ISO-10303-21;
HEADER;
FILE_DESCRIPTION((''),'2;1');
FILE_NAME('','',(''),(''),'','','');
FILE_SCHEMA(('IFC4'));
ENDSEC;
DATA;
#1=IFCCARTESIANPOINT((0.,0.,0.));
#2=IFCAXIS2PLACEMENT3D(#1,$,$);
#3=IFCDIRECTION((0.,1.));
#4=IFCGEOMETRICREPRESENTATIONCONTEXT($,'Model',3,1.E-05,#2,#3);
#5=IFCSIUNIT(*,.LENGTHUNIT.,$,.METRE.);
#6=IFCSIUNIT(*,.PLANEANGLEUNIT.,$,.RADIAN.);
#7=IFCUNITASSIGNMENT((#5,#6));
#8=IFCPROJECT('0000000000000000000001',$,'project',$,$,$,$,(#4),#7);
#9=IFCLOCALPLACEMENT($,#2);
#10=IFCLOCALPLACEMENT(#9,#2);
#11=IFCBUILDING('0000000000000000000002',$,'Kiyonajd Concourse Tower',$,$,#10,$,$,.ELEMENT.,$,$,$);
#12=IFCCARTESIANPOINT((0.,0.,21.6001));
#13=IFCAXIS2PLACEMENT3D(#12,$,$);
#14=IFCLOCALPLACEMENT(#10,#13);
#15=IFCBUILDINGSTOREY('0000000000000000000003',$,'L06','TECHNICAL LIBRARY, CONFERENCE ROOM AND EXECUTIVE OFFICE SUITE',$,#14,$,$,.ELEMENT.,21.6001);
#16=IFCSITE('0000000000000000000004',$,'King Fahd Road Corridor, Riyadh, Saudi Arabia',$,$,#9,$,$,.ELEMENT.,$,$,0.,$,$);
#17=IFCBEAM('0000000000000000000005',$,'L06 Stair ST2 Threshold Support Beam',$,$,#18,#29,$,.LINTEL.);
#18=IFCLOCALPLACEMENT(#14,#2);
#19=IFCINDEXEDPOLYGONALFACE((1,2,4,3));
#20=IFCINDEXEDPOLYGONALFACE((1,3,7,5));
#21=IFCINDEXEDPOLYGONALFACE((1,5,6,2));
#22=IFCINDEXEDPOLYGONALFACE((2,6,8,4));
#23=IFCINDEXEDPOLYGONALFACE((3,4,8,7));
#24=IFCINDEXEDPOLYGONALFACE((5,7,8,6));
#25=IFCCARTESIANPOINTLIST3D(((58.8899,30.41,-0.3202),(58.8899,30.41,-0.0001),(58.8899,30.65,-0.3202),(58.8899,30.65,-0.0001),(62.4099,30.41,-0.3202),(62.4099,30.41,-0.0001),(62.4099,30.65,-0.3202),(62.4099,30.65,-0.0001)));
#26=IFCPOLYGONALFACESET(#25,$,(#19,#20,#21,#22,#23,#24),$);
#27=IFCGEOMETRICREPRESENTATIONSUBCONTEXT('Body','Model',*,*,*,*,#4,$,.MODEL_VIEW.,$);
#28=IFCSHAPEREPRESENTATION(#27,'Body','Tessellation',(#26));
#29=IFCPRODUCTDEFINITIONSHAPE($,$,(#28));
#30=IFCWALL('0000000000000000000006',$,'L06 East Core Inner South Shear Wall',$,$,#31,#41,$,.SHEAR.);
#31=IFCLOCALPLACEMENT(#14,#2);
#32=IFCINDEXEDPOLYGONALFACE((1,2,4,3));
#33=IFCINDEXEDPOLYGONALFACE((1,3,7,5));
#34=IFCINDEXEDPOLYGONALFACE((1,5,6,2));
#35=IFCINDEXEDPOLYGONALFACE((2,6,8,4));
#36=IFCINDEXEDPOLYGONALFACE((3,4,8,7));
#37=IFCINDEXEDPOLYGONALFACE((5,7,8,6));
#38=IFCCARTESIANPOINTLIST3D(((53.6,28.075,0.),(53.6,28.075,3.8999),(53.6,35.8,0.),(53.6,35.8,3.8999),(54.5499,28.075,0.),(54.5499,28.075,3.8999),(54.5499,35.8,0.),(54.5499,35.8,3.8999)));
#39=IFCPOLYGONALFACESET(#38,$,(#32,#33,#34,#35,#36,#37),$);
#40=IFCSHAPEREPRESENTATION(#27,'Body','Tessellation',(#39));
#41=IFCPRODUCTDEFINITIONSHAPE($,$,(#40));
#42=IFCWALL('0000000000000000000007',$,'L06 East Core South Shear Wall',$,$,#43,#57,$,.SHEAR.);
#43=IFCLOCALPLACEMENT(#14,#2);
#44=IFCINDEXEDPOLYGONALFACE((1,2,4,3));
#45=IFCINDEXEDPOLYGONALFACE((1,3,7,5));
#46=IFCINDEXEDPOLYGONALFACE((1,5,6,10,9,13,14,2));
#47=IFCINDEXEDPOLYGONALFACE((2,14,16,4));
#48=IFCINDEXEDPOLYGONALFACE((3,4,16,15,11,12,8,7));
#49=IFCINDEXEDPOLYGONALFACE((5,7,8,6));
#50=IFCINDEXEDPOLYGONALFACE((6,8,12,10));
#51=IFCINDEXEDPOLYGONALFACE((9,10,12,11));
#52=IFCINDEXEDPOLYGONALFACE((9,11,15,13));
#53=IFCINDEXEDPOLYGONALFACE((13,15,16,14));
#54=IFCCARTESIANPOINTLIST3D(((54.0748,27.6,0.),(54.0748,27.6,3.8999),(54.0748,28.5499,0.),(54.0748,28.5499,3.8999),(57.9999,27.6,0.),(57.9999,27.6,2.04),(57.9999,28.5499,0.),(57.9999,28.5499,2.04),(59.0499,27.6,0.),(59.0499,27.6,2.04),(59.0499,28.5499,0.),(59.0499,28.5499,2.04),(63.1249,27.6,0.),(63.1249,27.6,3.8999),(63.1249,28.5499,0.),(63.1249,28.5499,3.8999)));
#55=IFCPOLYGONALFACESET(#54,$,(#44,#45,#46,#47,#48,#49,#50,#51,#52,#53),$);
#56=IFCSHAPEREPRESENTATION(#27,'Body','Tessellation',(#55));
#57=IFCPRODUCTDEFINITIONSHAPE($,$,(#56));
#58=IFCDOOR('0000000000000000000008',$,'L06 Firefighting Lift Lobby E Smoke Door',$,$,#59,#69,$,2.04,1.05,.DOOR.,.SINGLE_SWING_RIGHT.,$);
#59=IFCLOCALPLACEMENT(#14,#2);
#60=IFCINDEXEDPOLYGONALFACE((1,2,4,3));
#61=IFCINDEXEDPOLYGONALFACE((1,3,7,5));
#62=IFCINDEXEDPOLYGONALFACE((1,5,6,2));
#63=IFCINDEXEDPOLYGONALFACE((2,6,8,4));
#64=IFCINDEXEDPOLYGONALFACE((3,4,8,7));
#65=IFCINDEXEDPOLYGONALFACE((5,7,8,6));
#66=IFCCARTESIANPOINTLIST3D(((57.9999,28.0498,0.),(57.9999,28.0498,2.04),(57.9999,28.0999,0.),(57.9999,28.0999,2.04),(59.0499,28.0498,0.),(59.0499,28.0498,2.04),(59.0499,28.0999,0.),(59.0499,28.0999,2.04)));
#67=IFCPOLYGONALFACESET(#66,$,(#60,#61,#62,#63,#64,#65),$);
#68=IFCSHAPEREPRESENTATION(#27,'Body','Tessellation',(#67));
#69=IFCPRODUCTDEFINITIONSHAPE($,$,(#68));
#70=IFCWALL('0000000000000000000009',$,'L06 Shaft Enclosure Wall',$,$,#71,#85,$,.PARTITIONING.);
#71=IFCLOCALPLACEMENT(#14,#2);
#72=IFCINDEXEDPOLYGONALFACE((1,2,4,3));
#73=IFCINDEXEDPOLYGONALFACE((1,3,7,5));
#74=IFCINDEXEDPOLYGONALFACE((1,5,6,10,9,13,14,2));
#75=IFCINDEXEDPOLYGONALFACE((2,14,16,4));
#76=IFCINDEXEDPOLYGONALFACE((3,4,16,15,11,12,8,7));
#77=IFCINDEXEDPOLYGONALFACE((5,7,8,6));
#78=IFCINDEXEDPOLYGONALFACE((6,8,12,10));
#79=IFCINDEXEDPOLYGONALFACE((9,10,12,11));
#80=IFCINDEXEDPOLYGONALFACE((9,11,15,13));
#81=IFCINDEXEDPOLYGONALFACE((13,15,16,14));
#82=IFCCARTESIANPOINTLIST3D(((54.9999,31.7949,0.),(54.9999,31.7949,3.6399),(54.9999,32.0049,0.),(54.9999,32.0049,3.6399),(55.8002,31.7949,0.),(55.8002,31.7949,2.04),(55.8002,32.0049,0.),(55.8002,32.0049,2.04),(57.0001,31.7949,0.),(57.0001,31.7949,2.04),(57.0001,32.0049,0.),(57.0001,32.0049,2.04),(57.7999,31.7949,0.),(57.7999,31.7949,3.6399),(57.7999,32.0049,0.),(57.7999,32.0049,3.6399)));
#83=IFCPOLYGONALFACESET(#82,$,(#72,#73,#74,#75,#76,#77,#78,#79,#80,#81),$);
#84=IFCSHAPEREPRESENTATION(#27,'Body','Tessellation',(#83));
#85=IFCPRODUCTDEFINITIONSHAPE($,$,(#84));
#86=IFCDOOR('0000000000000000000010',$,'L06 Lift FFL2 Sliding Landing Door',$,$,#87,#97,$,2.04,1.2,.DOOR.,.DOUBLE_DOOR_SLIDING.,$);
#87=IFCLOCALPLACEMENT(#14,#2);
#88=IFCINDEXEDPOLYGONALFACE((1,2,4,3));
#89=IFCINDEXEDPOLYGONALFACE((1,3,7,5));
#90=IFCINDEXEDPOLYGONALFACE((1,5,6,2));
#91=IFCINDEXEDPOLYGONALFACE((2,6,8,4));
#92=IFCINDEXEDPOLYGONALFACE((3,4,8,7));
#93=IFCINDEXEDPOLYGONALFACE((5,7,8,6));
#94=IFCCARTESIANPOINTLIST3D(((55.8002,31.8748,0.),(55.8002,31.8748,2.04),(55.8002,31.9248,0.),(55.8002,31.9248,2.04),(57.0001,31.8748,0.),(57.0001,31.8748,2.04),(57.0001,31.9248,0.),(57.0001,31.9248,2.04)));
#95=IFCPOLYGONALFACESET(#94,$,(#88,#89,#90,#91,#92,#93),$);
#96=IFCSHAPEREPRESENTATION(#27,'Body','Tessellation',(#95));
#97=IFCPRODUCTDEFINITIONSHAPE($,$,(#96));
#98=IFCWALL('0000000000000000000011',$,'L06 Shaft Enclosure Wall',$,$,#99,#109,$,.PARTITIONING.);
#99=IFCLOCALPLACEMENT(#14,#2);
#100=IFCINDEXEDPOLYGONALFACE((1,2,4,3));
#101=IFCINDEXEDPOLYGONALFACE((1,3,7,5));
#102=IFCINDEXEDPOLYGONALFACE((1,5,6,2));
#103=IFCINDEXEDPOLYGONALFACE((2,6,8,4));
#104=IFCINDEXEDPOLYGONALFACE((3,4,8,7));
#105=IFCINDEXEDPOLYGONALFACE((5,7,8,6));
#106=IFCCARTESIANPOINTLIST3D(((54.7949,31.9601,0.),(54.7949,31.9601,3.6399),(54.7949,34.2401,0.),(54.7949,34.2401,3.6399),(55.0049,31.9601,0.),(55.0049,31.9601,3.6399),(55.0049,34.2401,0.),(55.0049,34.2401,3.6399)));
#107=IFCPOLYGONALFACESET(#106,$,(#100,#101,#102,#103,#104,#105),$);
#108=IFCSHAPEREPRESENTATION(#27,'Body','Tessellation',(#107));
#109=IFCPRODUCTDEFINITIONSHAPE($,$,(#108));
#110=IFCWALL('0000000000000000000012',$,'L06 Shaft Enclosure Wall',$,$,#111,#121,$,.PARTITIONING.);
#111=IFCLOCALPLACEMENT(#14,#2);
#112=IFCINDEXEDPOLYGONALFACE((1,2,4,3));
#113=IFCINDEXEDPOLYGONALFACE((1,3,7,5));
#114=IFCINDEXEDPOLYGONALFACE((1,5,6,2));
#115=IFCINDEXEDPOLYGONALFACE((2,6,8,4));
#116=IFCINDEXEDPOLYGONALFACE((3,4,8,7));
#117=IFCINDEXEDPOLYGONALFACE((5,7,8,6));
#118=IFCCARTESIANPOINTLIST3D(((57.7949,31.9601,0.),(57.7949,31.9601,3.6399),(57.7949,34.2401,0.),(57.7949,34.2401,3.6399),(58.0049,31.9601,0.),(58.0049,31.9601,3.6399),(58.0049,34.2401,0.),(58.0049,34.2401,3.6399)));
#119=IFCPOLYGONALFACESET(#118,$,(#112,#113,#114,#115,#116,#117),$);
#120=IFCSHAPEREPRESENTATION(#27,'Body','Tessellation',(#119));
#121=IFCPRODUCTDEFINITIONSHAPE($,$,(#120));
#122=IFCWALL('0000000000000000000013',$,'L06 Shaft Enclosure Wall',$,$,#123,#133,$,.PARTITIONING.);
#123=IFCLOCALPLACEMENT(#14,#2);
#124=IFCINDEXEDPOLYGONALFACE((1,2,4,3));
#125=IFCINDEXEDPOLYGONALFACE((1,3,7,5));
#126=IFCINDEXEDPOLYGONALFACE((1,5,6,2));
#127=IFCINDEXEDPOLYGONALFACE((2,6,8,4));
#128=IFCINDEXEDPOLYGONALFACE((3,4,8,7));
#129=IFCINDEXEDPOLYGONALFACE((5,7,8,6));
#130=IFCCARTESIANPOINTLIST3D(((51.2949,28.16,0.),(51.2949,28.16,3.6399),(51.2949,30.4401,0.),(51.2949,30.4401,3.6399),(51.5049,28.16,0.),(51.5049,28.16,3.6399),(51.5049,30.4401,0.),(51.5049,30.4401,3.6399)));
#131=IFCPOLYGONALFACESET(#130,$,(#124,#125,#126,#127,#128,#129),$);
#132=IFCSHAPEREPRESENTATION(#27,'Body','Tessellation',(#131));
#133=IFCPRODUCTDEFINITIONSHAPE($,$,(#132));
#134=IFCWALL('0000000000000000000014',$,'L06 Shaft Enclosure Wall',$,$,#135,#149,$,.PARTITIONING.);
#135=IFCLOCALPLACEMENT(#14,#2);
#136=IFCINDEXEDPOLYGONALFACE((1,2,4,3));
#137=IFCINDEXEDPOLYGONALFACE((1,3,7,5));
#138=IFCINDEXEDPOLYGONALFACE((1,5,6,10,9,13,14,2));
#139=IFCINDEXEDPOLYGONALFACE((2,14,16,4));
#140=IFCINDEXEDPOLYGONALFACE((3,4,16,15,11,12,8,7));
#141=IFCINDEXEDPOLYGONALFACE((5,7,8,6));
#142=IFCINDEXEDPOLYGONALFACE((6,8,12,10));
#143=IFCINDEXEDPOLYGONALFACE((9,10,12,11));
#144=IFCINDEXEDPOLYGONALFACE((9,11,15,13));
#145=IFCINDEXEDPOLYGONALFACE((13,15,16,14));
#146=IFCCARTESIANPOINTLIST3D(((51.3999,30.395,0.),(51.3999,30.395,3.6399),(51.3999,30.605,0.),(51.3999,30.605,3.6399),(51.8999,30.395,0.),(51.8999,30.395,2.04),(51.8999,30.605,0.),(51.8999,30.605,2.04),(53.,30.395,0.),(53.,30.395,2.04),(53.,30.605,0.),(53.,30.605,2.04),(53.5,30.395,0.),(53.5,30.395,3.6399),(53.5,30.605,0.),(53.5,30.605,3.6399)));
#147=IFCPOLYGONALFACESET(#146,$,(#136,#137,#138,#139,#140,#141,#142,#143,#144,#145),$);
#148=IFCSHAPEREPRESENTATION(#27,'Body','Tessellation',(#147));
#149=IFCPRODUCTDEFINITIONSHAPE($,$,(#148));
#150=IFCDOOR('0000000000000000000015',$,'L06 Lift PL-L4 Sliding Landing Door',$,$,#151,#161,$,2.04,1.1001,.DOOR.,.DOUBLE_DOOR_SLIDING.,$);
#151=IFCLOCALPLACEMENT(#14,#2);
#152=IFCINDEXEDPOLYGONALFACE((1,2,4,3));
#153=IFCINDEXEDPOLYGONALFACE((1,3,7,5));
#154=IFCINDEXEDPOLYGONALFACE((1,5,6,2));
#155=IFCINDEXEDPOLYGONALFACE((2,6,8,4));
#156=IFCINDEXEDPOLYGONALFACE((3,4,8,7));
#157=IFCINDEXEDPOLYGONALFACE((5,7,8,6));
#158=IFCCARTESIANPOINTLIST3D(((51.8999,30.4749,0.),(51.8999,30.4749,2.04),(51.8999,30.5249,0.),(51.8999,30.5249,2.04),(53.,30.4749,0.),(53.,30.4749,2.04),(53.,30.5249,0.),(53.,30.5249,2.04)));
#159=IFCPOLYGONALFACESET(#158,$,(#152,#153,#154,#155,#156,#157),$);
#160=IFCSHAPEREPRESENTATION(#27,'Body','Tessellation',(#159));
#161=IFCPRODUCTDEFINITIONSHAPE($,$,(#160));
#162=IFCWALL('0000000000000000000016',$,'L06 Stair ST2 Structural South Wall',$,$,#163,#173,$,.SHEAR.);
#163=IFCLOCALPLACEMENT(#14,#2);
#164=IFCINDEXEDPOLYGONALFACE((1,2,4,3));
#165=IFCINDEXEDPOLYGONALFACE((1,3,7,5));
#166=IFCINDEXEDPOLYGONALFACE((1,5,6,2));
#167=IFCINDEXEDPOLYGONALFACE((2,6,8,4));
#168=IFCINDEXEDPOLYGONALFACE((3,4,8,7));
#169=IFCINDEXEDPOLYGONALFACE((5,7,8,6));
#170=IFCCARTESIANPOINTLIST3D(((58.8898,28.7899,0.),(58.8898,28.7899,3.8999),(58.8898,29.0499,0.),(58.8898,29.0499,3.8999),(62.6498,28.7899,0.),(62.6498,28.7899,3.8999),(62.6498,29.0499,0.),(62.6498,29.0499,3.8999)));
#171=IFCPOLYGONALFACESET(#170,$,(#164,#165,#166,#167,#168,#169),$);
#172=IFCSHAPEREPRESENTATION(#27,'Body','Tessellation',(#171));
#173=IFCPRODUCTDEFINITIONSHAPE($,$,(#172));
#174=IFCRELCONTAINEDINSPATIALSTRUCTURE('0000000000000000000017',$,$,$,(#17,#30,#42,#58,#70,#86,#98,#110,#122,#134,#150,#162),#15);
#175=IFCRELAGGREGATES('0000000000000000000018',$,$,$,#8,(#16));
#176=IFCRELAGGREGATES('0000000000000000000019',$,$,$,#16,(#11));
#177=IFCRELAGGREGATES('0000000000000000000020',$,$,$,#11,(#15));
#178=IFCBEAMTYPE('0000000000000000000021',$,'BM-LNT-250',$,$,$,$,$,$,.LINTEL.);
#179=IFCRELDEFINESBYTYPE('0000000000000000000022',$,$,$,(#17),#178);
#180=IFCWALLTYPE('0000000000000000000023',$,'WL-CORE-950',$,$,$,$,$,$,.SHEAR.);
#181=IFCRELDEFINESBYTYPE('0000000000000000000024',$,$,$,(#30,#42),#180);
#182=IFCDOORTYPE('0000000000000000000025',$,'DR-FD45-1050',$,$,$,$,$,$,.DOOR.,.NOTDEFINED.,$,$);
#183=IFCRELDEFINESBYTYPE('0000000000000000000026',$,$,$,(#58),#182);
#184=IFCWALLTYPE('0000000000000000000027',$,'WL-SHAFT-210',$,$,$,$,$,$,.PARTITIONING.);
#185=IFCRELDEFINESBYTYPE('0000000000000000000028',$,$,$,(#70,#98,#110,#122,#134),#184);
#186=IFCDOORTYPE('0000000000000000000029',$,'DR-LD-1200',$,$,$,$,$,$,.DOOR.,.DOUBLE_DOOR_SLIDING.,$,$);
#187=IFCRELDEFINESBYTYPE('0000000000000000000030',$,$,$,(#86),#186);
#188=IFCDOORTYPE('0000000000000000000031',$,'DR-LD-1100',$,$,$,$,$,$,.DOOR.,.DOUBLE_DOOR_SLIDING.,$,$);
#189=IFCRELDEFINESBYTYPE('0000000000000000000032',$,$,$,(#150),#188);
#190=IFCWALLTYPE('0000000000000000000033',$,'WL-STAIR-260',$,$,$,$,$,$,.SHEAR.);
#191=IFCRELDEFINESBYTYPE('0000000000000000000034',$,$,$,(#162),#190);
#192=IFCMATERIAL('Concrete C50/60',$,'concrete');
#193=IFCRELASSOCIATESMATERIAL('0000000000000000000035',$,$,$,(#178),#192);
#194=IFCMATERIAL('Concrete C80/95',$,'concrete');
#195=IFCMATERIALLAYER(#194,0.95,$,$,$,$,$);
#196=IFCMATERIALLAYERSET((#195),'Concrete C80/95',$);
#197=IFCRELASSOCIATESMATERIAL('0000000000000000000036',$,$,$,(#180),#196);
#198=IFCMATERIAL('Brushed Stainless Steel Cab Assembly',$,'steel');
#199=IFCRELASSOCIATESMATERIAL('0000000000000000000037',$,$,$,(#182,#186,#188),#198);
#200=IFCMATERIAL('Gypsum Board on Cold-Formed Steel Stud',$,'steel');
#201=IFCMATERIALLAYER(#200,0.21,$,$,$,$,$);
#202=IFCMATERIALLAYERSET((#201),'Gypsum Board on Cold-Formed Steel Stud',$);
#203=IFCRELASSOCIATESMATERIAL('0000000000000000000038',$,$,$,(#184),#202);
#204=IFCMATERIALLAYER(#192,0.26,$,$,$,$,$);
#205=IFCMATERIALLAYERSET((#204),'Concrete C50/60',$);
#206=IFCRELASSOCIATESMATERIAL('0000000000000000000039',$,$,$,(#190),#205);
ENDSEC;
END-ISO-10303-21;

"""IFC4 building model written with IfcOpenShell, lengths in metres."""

from ifc_helpers import new_model, si_unit, direction, frame, frame_2d, origin, origin_2d, place, context, subcontext, project, spatial, rectangle, extrude, material, layer, layer_set, material_profile, profile_set, type_object, element, fill, save


model = new_model("IFC4")

# Units and contexts
model_context = context("Model", 3, precision=1e-05, world=origin(), true_north=direction((0.0, 1.0)))
body_context = subcontext(model_context, "Body", "Model", "MODEL_VIEW")
ifc_project = project(units=[si_unit("LENGTHUNIT", "METRE"), si_unit("PLANEANGLEUNIT", "RADIAN")], contexts=[model_context])

# Site, building, storey
site_placement = place(None, origin())
site = spatial("IfcSite", under=ifc_project, at=site_placement, Name="King Fahd Road Corridor, Riyadh, Saudi Arabia", CompositionType="ELEMENT", RefElevation=0.0)
building_placement = place(site_placement, origin())
building = spatial("IfcBuilding", under=site, at=building_placement, Name="Kiyonajd Concourse Tower", CompositionType="ELEMENT")
storey_placement = place(building_placement, frame((0.0, 0.0, 21.6001)))
storey = spatial("IfcBuildingStorey", under=building, at=storey_placement, Name="L06", Description="TECHNICAL LIBRARY, CONFERENCE ROOM AND EXECUTIVE OFFICE SUITE", CompositionType="ELEMENT", Elevation=21.6001)

# Beam
ifc_material_1 = material(Name="Concrete C50/60", Category="concrete")
ifc_material_profile = material_profile(ifc_material_1, rectangle(XDim=0.24, YDim=0.3201, at=origin_2d()), Name="RCBM-240x320")
ifc_profile_set = profile_set([ifc_material_profile], Name="Concrete C50/60")
beam_type = type_object("IfcBeamType", Name="BM-LNT-250", PredefinedType="LINTEL", material=ifc_profile_set)
beam_placement = place(storey_placement, frame((58.8899, 30.53, -0.1602), z_axis=(1.0, 0.0, 0.0), x_axis=(0.0, 1.0, 0.0)))
element("IfcBeam", 1, at=beam_placement, inside=storey, type_object=beam_type, Name="L06 Stair ST2 Threshold Support Beam", PredefinedType="LINTEL", context=body_context, shape_type="SweptSolid", body=[
    extrude(rectangle(XDim=0.24, YDim=0.3201, at=origin_2d()), origin(), (0.0, 0.0, 1.0), 3.52),
])

# Wall
ifc_material_2 = material(Name="Concrete C80/95", Category="concrete")
ifc_layer_1 = layer(ifc_material_2, 0.95)
ifc_layer_set_1 = layer_set([ifc_layer_1], Name="Concrete C80/95")
wall_type_1 = type_object("IfcWallType", Name="WL-CORE-950", PredefinedType="SHEAR", material=ifc_layer_set_1)
wall_1_placement = place(storey_placement, frame((54.075, 28.075, 0.0), z_axis=(0.0, 0.0, 1.0), x_axis=(0.0, 1.0, 0.0)))
element("IfcWall", 2, at=wall_1_placement, inside=storey, type_object=wall_type_1, Name="L06 East Core Inner South Shear Wall", PredefinedType="SHEAR", context=body_context, shape_type="SweptSolid", body=[
    extrude(rectangle(XDim=7.7251, YDim=0.95, at=frame_2d((3.8625, 0.0))), origin(), (0.0, 0.0, 1.0), 3.8999),
])

# Walls, openings, doors
wall_2_placement = place(storey_placement, frame((54.075, 28.075, 0.0), z_axis=(0.0, 0.0, 1.0), x_axis=(1.0, 0.0, 0.0)))
wall_2 = element("IfcWall", 3, at=wall_2_placement, inside=storey, type_object=wall_type_1, Name="L06 East Core South Shear Wall", PredefinedType="SHEAR", context=body_context, shape_type="SweptSolid", body=[
    extrude(rectangle(XDim=9.05, YDim=0.95, at=frame_2d((4.5249, 0.0))), origin(), (0.0, 0.0, 1.0), 3.8999),
])
opening_1_placement = place(wall_2_placement, frame((3.925, 0.0, 0.0)))
opening_1 = element("IfcOpeningElement", 4, at=opening_1_placement, cuts=wall_2, PredefinedType="OPENING", context=body_context, shape_type="SweptSolid", body=[
    extrude(rectangle(XDim=1.05, YDim=2.04, at=frame_2d((0.5249, 1.02))), frame((0.0, 0.4849, 0.0), z_axis=(0.0, -1.0, 0.0), x_axis=(1.0, 0.0, 0.0)), (0.0, 0.0, 1.0), 0.97),
])
ifc_material_3 = material(Name="Brushed Stainless Steel Cab Assembly", Category="steel")
door_type_1 = type_object("IfcDoorType", Name="DR-FD45-1050", OperationType="NOTDEFINED", PredefinedType="DOOR", material=ifc_material_3)
door_1_placement = place(opening_1_placement, origin())
door_1 = element("IfcDoor", 5, at=door_1_placement, inside=storey, type_object=door_type_1, Name="L06 Firefighting Lift Lobby E Smoke Door", OperationType="SINGLE_SWING_RIGHT", OverallHeight=2.04, OverallWidth=1.05, PredefinedType="DOOR", context=body_context, shape_type="SweptSolid", body=[
    extrude(rectangle(XDim=1.05, YDim=2.04, at=frame_2d((0.5249, 1.02))), frame((0.0, 0.0249, 0.0), z_axis=(0.0, -1.0, 0.0), x_axis=(1.0, 0.0, 0.0)), (0.0, 0.0, 1.0), 0.05),
])
fill(opening_1, door_1)
ifc_material_4 = material(Name="Gypsum Board on Cold-Formed Steel Stud", Category="steel")
ifc_layer_2 = layer(ifc_material_4, 0.21)
ifc_layer_set_2 = layer_set([ifc_layer_2], Name="Gypsum Board on Cold-Formed Steel Stud")
wall_type_2 = type_object("IfcWallType", Name="WL-SHAFT-210", PredefinedType="PARTITIONING", material=ifc_layer_set_2)
wall_3_placement = place(storey_placement, frame((55.0, 31.8999, 0.0), z_axis=(0.0, 0.0, 1.0), x_axis=(1.0, 0.0, 0.0)))
wall_3 = element("IfcWall", 6, at=wall_3_placement, inside=storey, type_object=wall_type_2, Name="L06 Shaft Enclosure Wall", PredefinedType="PARTITIONING", context=body_context, shape_type="SweptSolid", body=[
    extrude(rectangle(XDim=2.8, YDim=0.21, at=frame_2d((1.3999, 0.0))), origin(), (0.0, 0.0, 1.0), 3.6399),
])
opening_2_placement = place(wall_3_placement, frame((0.8, 0.0, 0.0)))
opening_2 = element("IfcOpeningElement", 7, at=opening_2_placement, cuts=wall_3, PredefinedType="OPENING", context=body_context, shape_type="SweptSolid", body=[
    extrude(rectangle(XDim=1.2, YDim=2.04, at=frame_2d((0.6001, 1.02))), frame((0.0, 0.115, 0.0), z_axis=(0.0, -1.0, 0.0), x_axis=(1.0, 0.0, 0.0)), (0.0, 0.0, 1.0), 0.23),
])
door_type_2 = type_object("IfcDoorType", Name="DR-LD-1200", OperationType="DOUBLE_DOOR_SLIDING", PredefinedType="DOOR", material=ifc_material_3)
door_2_placement = place(opening_2_placement, origin())
door_2 = element("IfcDoor", 8, at=door_2_placement, inside=storey, type_object=door_type_2, Name="L06 Lift FFL2 Sliding Landing Door", OperationType="DOUBLE_DOOR_SLIDING", OverallHeight=2.04, OverallWidth=1.2, PredefinedType="DOOR", context=body_context, shape_type="SweptSolid", body=[
    extrude(rectangle(XDim=1.2, YDim=2.04, at=frame_2d((0.6001, 1.02))), frame((0.0, 0.0249, 0.0), z_axis=(0.0, -1.0, 0.0), x_axis=(1.0, 0.0, 0.0)), (0.0, 0.0, 1.0), 0.05),
])
fill(opening_2, door_2)

# Walls
for number, where, z_axis, x_axis, name in (
    (9, (54.8999, 31.96, 0.0), (0.0, 0.0, 1.0), (0.0, 1.0, 0.0), "L06 Shaft Enclosure Wall"),
    (10, (57.8999, 31.96, 0.0), (0.0, 0.0, 1.0), (0.0, 1.0, 0.0), "L06 Shaft Enclosure Wall"),
    (11, (51.3999, 28.1599, 0.0), (0.0, 0.0, 1.0), (0.0, 1.0, 0.0), "L06 Shaft Enclosure Wall"),
):
    element("IfcWall", number, at=place(storey_placement, frame(where, z_axis=z_axis, x_axis=x_axis)), inside=storey, type_object=wall_type_2, Name=name, PredefinedType="PARTITIONING", context=body_context, shape_type="SweptSolid", body=[
        extrude(rectangle(XDim=2.28, YDim=0.21, at=frame_2d((1.1401, 0.0))), origin(), (0.0, 0.0, 1.0), 3.6399),
    ])

# Wall, opening, door
wall_4_placement = place(storey_placement, frame((51.3999, 30.5, 0.0), z_axis=(0.0, 0.0, 1.0), x_axis=(1.0, 0.0, 0.0)))
wall_4 = element("IfcWall", 12, at=wall_4_placement, inside=storey, type_object=wall_type_2, Name="L06 Shaft Enclosure Wall", PredefinedType="PARTITIONING", context=body_context, shape_type="SweptSolid", body=[
    extrude(rectangle(XDim=2.1001, YDim=0.21, at=frame_2d((1.05, 0.0))), origin(), (0.0, 0.0, 1.0), 3.6399),
])
opening_3_placement = place(wall_4_placement, frame((0.5, 0.0, 0.0)))
opening_3 = element("IfcOpeningElement", 13, at=opening_3_placement, cuts=wall_4, PredefinedType="OPENING", context=body_context, shape_type="SweptSolid", body=[
    extrude(rectangle(XDim=1.1001, YDim=2.04, at=frame_2d((0.55, 1.02))), frame((0.0, 0.115, 0.0), z_axis=(0.0, -1.0, 0.0), x_axis=(1.0, 0.0, 0.0)), (0.0, 0.0, 1.0), 0.23),
])
door_type_3 = type_object("IfcDoorType", Name="DR-LD-1100", OperationType="DOUBLE_DOOR_SLIDING", PredefinedType="DOOR", material=ifc_material_3)
door_3_placement = place(opening_3_placement, origin())
door_3 = element("IfcDoor", 14, at=door_3_placement, inside=storey, type_object=door_type_3, Name="L06 Lift PL-L4 Sliding Landing Door", OperationType="DOUBLE_DOOR_SLIDING", OverallHeight=2.04, OverallWidth=1.1001, PredefinedType="DOOR", context=body_context, shape_type="SweptSolid", body=[
    extrude(rectangle(XDim=1.1001, YDim=2.04, at=frame_2d((0.55, 1.02))), frame((0.0, 0.0249, 0.0), z_axis=(0.0, -1.0, 0.0), x_axis=(1.0, 0.0, 0.0)), (0.0, 0.0, 1.0), 0.05),
])
fill(opening_3, door_3)

# Wall
ifc_layer_3 = layer(ifc_material_1, 0.26)
ifc_layer_set_3 = layer_set([ifc_layer_3], Name="Concrete C50/60")
wall_type_3 = type_object("IfcWallType", Name="WL-STAIR-260", PredefinedType="SHEAR", material=ifc_layer_set_3)
wall_5_placement = place(storey_placement, frame((58.8899, 28.9199, 0.0), z_axis=(0.0, 0.0, 1.0), x_axis=(1.0, 0.0, 0.0)))
element("IfcWall", 15, at=wall_5_placement, inside=storey, type_object=wall_type_3, Name="L06 Stair ST2 Structural South Wall", PredefinedType="SHEAR", context=body_context, shape_type="SweptSolid", body=[
    extrude(rectangle(XDim=3.76, YDim=0.26, at=frame_2d((1.8799, 0.0))), origin(), (0.0, 0.0, 1.0), 3.8999),
])

save(model, "model.ifc")
